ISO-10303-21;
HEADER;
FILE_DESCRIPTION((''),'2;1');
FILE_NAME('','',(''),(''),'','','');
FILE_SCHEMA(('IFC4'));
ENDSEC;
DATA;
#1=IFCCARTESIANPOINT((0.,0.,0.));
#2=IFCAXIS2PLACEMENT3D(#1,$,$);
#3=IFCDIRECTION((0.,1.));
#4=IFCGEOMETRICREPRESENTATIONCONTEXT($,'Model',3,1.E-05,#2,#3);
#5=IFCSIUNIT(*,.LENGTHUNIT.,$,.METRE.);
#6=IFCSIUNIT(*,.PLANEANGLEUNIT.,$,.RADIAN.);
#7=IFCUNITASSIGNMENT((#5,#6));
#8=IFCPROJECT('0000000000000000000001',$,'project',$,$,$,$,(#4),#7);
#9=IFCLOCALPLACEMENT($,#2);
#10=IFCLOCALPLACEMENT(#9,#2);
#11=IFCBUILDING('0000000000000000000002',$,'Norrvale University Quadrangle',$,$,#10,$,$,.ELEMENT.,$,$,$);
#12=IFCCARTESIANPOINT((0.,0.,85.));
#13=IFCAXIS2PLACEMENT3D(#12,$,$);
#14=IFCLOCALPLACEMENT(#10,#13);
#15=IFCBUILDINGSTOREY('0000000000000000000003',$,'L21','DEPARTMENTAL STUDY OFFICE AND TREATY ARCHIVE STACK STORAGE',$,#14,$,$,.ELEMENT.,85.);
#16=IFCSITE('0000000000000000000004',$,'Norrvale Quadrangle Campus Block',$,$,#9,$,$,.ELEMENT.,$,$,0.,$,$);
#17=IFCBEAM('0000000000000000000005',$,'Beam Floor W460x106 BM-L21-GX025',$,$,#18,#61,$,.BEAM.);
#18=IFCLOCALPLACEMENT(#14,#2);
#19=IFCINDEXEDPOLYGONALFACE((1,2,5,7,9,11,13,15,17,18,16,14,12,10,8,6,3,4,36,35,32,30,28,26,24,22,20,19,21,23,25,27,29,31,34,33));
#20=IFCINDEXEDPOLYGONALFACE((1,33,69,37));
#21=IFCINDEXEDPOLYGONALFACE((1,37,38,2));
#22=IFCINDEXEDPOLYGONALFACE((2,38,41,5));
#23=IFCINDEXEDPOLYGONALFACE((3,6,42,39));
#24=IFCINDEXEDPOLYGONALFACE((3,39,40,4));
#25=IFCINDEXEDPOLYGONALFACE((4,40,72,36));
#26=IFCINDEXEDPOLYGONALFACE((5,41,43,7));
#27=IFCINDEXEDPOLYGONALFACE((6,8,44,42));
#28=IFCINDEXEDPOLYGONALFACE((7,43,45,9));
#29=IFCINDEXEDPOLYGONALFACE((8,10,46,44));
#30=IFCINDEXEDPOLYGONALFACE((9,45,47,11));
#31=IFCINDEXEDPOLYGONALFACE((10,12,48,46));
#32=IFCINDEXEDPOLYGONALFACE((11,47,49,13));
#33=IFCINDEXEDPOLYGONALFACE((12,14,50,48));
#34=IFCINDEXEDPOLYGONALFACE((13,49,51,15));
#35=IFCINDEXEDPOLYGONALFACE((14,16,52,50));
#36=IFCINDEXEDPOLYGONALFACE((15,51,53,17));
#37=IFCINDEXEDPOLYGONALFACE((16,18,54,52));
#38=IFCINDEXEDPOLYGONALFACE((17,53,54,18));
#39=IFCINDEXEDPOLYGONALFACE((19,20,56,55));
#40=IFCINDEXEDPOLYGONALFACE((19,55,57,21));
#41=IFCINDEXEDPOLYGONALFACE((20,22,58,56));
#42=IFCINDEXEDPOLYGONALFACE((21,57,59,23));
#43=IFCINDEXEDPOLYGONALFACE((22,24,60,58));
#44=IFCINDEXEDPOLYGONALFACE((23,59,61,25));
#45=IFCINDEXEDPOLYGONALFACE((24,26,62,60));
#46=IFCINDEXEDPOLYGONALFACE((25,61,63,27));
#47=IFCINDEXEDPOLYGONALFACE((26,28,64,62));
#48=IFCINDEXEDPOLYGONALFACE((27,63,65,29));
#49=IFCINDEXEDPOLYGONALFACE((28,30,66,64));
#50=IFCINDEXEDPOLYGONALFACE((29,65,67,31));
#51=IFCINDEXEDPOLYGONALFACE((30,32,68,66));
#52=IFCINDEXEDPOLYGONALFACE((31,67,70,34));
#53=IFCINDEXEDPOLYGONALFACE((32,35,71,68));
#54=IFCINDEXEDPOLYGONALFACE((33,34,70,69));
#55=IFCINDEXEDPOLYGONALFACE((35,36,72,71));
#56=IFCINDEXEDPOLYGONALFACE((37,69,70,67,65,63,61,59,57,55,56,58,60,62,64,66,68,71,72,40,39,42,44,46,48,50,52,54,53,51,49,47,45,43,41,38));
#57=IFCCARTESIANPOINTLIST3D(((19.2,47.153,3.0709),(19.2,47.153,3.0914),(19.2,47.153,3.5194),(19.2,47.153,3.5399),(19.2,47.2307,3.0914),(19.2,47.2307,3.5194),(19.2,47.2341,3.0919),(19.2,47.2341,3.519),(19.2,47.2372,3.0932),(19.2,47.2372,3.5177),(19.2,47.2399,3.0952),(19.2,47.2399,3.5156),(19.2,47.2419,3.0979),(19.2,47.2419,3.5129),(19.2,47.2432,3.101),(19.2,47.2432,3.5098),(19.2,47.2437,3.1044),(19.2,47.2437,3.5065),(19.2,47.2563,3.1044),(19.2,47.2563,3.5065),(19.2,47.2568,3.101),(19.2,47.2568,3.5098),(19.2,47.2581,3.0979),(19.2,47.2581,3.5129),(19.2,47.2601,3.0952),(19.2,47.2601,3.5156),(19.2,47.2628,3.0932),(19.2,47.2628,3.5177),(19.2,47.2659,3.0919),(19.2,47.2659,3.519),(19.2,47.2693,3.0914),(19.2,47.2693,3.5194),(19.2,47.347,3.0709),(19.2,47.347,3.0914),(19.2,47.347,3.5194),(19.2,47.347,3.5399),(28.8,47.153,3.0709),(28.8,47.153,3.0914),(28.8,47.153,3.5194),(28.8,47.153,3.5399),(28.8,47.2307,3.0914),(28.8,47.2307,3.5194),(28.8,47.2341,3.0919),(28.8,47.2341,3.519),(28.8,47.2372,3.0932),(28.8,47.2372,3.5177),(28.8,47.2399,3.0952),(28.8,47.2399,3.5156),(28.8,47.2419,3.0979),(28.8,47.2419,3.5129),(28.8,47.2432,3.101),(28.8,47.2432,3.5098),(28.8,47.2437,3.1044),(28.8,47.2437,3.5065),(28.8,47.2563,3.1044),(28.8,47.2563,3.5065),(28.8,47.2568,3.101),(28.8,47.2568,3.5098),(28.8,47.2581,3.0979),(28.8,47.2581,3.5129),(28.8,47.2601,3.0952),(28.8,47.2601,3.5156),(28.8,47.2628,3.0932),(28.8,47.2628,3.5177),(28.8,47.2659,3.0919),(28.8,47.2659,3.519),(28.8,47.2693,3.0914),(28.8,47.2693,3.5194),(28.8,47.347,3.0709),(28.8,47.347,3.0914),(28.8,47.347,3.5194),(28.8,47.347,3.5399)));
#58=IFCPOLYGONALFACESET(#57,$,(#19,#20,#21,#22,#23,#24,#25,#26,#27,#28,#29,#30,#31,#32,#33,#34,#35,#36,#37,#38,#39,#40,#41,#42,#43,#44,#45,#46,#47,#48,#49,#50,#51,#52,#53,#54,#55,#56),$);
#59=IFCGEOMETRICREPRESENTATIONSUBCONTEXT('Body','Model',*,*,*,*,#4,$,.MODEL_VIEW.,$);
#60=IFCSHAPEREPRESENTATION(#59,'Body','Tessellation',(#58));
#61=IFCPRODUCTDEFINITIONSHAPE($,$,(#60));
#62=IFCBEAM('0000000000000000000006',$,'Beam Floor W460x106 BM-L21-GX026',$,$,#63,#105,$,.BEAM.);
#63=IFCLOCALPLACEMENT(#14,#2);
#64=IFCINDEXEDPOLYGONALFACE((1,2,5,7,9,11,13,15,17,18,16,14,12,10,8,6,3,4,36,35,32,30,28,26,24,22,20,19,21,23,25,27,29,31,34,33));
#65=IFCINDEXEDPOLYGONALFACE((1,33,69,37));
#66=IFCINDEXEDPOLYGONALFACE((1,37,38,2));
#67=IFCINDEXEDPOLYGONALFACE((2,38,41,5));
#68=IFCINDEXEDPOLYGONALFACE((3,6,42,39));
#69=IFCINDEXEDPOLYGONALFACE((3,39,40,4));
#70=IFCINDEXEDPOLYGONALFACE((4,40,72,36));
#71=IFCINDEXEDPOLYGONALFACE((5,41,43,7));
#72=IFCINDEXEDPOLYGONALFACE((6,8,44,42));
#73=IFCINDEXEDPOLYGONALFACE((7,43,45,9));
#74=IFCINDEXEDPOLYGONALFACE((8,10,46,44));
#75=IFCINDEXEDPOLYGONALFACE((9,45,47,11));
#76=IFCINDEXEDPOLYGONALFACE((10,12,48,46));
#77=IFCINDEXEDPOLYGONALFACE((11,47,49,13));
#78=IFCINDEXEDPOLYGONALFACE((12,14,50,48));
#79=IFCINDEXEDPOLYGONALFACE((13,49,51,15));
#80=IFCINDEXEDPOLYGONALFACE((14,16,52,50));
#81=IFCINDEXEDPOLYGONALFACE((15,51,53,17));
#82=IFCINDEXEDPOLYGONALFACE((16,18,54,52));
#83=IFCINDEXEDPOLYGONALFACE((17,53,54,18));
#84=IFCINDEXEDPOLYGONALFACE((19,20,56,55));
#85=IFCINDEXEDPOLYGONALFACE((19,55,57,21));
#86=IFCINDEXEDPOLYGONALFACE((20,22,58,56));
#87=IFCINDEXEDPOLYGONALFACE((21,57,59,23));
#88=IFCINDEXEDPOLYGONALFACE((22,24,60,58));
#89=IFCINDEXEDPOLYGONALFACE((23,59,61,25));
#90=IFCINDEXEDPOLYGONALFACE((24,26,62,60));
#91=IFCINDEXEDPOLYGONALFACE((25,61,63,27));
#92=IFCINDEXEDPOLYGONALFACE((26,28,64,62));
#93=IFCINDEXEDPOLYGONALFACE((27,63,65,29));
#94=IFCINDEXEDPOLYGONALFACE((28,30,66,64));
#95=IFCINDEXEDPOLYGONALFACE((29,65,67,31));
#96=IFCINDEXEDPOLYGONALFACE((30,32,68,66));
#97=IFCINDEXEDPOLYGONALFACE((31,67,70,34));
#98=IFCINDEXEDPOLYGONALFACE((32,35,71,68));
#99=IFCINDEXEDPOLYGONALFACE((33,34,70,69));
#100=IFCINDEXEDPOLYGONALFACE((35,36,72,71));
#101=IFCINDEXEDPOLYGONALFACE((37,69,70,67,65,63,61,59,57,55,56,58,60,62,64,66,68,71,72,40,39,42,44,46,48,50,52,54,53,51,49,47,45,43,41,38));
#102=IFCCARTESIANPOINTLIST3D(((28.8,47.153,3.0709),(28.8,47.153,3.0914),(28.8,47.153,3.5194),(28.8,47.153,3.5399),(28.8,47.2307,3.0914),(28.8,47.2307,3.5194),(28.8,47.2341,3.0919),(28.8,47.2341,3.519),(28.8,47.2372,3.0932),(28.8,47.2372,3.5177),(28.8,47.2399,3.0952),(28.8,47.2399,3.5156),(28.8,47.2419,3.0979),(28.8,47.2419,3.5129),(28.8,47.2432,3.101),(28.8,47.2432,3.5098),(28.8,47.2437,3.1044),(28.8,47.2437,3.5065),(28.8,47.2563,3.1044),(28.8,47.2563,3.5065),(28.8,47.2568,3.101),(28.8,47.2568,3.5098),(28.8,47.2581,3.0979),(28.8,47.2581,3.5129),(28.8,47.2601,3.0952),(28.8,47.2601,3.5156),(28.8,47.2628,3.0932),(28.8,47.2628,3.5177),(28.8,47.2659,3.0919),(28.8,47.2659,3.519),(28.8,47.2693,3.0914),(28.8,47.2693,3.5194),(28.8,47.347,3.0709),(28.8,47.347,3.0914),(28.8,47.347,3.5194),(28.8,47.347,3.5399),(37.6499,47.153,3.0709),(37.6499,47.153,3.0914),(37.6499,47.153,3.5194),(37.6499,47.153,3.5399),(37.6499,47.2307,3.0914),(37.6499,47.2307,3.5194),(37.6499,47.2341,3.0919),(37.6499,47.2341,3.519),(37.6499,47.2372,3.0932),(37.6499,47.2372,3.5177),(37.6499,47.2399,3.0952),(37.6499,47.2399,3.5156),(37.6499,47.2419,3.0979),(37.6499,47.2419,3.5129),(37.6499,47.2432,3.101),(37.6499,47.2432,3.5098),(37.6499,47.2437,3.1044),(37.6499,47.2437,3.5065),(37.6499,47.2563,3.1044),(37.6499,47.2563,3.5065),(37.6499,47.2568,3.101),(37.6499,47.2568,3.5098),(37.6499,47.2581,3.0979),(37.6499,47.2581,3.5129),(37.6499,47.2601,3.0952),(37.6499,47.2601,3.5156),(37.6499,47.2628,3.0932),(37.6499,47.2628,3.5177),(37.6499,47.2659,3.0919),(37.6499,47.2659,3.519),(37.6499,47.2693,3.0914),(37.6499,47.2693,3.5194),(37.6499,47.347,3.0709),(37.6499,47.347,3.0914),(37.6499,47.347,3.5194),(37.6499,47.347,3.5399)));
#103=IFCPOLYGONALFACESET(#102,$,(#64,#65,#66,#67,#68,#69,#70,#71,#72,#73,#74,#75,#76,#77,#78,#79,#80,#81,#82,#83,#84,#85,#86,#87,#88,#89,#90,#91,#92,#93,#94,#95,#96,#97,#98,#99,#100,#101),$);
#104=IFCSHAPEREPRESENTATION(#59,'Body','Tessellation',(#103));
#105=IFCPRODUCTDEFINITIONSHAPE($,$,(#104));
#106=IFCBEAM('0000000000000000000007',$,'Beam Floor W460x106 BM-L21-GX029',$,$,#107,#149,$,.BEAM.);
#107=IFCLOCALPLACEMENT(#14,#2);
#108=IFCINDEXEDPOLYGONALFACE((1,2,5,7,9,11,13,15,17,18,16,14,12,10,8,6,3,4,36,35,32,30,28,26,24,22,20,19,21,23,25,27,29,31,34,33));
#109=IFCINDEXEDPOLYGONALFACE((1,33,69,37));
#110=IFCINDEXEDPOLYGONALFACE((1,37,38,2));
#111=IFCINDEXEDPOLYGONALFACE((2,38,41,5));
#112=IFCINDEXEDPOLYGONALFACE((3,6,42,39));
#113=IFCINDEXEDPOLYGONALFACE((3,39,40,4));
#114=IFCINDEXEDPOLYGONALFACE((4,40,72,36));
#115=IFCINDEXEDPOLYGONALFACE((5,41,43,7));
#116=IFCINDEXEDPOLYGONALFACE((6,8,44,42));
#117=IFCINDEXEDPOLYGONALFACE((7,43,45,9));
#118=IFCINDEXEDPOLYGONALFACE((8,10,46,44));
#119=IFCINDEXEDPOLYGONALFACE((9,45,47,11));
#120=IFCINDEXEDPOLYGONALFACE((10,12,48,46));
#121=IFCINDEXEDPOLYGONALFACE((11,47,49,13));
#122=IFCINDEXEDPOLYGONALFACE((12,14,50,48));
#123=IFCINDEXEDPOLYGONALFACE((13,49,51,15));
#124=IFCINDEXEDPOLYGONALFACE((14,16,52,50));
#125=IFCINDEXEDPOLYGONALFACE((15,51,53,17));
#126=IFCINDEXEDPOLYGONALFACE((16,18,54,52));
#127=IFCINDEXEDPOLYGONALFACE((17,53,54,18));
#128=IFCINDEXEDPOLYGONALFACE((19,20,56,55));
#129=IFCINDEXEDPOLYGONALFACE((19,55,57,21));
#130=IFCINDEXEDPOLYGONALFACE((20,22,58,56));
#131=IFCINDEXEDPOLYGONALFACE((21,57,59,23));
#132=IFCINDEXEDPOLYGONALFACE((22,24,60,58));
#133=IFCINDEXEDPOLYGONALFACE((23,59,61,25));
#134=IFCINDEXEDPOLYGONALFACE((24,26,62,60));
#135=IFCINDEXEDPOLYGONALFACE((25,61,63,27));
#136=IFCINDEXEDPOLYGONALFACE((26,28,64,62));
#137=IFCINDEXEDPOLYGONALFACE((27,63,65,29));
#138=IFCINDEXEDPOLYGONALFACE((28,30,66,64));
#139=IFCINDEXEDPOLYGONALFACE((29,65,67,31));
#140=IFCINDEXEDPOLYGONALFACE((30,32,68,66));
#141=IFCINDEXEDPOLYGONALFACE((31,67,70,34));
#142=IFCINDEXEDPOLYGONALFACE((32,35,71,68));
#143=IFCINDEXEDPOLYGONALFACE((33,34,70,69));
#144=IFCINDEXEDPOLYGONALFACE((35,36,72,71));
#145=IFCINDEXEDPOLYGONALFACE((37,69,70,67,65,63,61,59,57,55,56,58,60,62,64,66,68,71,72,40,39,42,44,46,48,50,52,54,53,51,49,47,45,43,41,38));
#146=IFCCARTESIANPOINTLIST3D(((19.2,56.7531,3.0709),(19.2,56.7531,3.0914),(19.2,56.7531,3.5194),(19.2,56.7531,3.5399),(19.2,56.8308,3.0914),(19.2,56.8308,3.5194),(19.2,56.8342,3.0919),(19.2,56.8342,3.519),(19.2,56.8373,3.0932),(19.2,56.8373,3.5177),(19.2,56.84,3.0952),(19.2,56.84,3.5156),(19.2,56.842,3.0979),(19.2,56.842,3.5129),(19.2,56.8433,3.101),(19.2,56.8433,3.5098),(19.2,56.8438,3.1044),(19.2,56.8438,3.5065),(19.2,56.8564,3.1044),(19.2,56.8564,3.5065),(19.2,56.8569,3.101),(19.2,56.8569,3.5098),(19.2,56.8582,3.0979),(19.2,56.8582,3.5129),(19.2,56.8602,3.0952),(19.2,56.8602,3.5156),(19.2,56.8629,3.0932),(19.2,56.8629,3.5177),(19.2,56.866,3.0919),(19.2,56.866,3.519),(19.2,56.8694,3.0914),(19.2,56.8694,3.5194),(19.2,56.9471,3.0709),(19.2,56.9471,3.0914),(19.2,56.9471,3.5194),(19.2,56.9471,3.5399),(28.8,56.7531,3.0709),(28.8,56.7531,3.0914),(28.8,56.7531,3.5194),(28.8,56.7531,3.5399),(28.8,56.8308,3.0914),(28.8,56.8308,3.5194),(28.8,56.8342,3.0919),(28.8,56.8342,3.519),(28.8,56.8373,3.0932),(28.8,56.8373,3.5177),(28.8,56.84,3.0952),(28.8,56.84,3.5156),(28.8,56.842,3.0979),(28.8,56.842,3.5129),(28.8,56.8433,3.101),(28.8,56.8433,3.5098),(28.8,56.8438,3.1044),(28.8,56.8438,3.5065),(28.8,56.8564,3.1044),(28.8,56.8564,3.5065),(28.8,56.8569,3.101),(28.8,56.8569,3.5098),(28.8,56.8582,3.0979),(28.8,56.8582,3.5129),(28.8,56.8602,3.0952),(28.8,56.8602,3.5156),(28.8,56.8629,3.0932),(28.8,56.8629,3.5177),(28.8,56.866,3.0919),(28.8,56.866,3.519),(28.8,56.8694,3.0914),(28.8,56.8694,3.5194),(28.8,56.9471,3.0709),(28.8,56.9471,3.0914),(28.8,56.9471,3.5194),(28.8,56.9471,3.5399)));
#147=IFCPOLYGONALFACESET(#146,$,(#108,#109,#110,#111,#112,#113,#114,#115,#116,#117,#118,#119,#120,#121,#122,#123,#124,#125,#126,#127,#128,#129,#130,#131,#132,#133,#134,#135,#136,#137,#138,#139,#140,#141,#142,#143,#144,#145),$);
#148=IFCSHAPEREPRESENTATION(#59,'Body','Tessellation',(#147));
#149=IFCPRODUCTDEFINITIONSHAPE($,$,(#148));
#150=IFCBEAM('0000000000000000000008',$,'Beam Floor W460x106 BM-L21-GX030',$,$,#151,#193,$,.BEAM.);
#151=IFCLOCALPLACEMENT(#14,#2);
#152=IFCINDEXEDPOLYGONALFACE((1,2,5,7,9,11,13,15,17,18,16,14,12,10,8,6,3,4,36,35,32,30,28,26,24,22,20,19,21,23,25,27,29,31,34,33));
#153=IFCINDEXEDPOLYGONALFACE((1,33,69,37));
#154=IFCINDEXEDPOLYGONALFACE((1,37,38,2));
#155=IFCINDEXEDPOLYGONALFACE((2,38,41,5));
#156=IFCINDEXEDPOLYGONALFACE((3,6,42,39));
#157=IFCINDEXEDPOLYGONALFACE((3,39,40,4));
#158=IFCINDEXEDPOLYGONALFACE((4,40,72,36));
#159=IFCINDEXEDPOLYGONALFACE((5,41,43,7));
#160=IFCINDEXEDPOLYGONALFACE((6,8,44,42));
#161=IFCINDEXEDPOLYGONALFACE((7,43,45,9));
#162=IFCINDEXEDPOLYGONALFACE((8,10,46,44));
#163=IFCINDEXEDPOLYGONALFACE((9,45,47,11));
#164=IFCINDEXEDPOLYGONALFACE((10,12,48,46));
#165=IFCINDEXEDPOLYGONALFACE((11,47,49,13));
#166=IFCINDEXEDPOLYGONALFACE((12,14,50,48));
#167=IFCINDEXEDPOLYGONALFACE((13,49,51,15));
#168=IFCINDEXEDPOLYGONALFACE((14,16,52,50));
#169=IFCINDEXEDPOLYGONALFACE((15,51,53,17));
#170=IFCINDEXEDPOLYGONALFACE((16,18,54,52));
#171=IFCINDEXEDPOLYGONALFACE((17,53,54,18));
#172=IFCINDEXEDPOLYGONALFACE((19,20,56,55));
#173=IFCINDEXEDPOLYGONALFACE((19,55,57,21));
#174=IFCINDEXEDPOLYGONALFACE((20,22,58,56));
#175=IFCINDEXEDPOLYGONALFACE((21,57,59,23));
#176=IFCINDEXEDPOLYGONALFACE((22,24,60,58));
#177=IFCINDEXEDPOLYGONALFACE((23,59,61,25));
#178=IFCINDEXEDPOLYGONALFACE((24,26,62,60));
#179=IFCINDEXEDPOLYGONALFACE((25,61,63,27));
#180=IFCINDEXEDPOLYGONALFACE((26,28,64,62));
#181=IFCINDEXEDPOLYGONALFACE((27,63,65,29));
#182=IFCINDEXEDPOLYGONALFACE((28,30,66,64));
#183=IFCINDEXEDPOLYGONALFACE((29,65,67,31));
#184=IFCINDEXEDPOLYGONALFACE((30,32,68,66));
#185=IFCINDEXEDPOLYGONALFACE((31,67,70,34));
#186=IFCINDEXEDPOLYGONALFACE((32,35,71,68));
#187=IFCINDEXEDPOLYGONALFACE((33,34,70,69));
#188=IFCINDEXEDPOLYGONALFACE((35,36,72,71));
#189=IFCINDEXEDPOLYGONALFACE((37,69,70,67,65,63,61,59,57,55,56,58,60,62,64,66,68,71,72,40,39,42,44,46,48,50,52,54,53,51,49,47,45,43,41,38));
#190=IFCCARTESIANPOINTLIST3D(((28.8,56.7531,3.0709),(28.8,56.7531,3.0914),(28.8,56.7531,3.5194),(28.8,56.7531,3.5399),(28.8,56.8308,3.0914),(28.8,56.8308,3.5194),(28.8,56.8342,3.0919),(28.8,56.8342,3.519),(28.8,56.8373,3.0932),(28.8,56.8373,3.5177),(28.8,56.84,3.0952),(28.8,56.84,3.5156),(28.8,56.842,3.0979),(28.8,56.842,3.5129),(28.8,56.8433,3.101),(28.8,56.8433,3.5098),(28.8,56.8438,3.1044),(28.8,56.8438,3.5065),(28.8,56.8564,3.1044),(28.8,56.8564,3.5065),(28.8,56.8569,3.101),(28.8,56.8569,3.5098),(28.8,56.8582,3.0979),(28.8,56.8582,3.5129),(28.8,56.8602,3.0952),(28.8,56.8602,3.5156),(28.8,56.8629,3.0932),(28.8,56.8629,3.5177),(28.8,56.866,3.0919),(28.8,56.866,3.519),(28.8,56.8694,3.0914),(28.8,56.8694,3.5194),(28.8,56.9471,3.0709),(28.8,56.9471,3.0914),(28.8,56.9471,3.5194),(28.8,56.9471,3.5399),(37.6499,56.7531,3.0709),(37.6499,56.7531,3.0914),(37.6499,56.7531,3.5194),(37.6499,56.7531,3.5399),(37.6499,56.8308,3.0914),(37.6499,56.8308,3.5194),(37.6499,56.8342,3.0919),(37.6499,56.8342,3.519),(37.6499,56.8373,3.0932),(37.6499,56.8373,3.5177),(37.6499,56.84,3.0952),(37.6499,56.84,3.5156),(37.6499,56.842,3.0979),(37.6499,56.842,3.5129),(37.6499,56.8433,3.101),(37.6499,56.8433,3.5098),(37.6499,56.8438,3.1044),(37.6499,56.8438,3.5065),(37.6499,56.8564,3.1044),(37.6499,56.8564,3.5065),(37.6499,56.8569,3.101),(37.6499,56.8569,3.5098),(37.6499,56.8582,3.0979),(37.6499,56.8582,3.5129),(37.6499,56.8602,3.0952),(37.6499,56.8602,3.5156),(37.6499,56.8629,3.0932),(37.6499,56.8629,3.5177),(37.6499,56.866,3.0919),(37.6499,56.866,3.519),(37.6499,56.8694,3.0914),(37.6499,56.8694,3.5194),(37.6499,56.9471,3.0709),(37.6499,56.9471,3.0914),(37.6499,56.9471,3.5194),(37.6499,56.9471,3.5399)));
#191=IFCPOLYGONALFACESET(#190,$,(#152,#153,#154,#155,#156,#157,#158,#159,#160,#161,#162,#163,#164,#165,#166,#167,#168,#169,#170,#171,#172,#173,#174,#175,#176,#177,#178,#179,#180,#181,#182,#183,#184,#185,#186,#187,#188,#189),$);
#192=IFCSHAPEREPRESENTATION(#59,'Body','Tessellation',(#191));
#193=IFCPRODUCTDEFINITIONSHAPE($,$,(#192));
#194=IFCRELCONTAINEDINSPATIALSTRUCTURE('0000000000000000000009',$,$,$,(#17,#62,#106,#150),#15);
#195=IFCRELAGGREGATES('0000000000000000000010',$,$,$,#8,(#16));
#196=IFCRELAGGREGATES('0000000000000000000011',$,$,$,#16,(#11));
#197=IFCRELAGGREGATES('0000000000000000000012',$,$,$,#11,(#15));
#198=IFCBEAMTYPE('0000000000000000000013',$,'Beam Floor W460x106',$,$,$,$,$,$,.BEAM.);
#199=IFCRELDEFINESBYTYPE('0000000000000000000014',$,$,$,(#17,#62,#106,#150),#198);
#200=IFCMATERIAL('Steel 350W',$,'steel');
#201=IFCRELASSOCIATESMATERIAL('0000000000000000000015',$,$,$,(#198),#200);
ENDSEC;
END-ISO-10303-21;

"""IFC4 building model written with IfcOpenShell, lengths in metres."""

from ifc_helpers import new_model, si_unit, direction, frame, origin, origin_2d, place, context, subcontext, project, spatial, i_section, extrude, material, material_profile, profile_set, type_object, element, save


model = new_model("IFC4")

# Units and contexts
model_context = context("Model", 3, precision=1e-05, world=origin(), true_north=direction((0.0, 1.0)))
body_context = subcontext(model_context, "Body", "Model", "MODEL_VIEW")
ifc_project = project(units=[si_unit("LENGTHUNIT", "METRE"), si_unit("PLANEANGLEUNIT", "RADIAN")], contexts=[model_context])

# Site, building, storey
site_placement = place(None, origin())
site = spatial("IfcSite", under=ifc_project, at=site_placement, Name="Norrvale Quadrangle Campus Block", CompositionType="ELEMENT", RefElevation=0.0)
building_placement = place(site_placement, origin())
building = spatial("IfcBuilding", under=site, at=building_placement, Name="Norrvale University Quadrangle", CompositionType="ELEMENT")
storey_placement = place(building_placement, frame((0.0, 0.0, 85.0)))
storey = spatial("IfcBuildingStorey", under=building, at=storey_placement, Name="L21", Description="DEPARTMENTAL STUDY OFFICE AND TREATY ARCHIVE STACK STORAGE", CompositionType="ELEMENT", Elevation=85.0)

# Beams
ifc_material_1 = material(Name="Steel 350W", Category="steel")
ifc_material_profile_1 = material_profile(ifc_material_1, i_section(OverallWidth=0.1941, OverallDepth=0.469, WebThickness=0.0127, FlangeThickness=0.0205, FilletRadius=0.0129, at=origin_2d()), Name="Steel 350W")
ifc_profile_set_1 = profile_set([ifc_material_profile_1], Name="Steel 350W")
beam_type_1 = type_object("IfcBeamType", Name="Beam Floor W460x106", PredefinedType="BEAM", material=ifc_profile_set_1)
beam_1_placement = place(storey_placement, frame((19.2, 47.25, 3.3054), z_axis=(1.0, 0.0, 0.0), x_axis=(0.0, 1.0, 0.0)))
element("IfcBeam", 1, at=beam_1_placement, inside=storey, type_object=beam_type_1, Name="Beam Floor W460x106 BM-L21-GX025", PredefinedType="BEAM", context=body_context, shape_type="SweptSolid", body=[
    extrude(i_section(OverallWidth=0.1941, OverallDepth=0.469, WebThickness=0.0127, FlangeThickness=0.0205, FilletRadius=0.0129, at=origin_2d()), origin(), (0.0, 0.0, 1.0), 9.6001),
])
beam_2_placement = place(storey_placement, frame((28.8, 47.25, 3.3054), z_axis=(1.0, 0.0, 0.0), x_axis=(0.0, 1.0, 0.0)))
element("IfcBeam", 2, at=beam_2_placement, inside=storey, type_object=beam_type_1, Name="Beam Floor W460x106 BM-L21-GX026", PredefinedType="BEAM", context=body_context, shape_type="SweptSolid", body=[
    extrude(i_section(OverallWidth=0.1941, OverallDepth=0.469, WebThickness=0.0127, FlangeThickness=0.0205, FilletRadius=0.0129, at=origin_2d()), origin(), (0.0, 0.0, 1.0), 8.8499),
])
beam_3_placement = place(storey_placement, frame((19.2, 56.8501, 3.3054), z_axis=(1.0, 0.0, 0.0), x_axis=(0.0, 1.0, 0.0)))
element("IfcBeam", 3, at=beam_3_placement, inside=storey, type_object=beam_type_1, Name="Beam Floor W460x106 BM-L21-GX029", PredefinedType="BEAM", context=body_context, shape_type="SweptSolid", body=[
    extrude(i_section(OverallWidth=0.1941, OverallDepth=0.469, WebThickness=0.0127, FlangeThickness=0.0205, FilletRadius=0.0129, at=origin_2d()), origin(), (0.0, 0.0, 1.0), 9.6001),
])
beam_4_placement = place(storey_placement, frame((28.8, 56.8501, 3.3054), z_axis=(1.0, 0.0, 0.0), x_axis=(0.0, 1.0, 0.0)))
element("IfcBeam", 4, at=beam_4_placement, inside=storey, type_object=beam_type_1, Name="Beam Floor W460x106 BM-L21-GX030", PredefinedType="BEAM", context=body_context, shape_type="SweptSolid", body=[
    extrude(i_section(OverallWidth=0.1941, OverallDepth=0.469, WebThickness=0.0127, FlangeThickness=0.0205, FilletRadius=0.0129, at=origin_2d()), origin(), (0.0, 0.0, 1.0), 8.8499),
])

save(model, "model.ifc")
